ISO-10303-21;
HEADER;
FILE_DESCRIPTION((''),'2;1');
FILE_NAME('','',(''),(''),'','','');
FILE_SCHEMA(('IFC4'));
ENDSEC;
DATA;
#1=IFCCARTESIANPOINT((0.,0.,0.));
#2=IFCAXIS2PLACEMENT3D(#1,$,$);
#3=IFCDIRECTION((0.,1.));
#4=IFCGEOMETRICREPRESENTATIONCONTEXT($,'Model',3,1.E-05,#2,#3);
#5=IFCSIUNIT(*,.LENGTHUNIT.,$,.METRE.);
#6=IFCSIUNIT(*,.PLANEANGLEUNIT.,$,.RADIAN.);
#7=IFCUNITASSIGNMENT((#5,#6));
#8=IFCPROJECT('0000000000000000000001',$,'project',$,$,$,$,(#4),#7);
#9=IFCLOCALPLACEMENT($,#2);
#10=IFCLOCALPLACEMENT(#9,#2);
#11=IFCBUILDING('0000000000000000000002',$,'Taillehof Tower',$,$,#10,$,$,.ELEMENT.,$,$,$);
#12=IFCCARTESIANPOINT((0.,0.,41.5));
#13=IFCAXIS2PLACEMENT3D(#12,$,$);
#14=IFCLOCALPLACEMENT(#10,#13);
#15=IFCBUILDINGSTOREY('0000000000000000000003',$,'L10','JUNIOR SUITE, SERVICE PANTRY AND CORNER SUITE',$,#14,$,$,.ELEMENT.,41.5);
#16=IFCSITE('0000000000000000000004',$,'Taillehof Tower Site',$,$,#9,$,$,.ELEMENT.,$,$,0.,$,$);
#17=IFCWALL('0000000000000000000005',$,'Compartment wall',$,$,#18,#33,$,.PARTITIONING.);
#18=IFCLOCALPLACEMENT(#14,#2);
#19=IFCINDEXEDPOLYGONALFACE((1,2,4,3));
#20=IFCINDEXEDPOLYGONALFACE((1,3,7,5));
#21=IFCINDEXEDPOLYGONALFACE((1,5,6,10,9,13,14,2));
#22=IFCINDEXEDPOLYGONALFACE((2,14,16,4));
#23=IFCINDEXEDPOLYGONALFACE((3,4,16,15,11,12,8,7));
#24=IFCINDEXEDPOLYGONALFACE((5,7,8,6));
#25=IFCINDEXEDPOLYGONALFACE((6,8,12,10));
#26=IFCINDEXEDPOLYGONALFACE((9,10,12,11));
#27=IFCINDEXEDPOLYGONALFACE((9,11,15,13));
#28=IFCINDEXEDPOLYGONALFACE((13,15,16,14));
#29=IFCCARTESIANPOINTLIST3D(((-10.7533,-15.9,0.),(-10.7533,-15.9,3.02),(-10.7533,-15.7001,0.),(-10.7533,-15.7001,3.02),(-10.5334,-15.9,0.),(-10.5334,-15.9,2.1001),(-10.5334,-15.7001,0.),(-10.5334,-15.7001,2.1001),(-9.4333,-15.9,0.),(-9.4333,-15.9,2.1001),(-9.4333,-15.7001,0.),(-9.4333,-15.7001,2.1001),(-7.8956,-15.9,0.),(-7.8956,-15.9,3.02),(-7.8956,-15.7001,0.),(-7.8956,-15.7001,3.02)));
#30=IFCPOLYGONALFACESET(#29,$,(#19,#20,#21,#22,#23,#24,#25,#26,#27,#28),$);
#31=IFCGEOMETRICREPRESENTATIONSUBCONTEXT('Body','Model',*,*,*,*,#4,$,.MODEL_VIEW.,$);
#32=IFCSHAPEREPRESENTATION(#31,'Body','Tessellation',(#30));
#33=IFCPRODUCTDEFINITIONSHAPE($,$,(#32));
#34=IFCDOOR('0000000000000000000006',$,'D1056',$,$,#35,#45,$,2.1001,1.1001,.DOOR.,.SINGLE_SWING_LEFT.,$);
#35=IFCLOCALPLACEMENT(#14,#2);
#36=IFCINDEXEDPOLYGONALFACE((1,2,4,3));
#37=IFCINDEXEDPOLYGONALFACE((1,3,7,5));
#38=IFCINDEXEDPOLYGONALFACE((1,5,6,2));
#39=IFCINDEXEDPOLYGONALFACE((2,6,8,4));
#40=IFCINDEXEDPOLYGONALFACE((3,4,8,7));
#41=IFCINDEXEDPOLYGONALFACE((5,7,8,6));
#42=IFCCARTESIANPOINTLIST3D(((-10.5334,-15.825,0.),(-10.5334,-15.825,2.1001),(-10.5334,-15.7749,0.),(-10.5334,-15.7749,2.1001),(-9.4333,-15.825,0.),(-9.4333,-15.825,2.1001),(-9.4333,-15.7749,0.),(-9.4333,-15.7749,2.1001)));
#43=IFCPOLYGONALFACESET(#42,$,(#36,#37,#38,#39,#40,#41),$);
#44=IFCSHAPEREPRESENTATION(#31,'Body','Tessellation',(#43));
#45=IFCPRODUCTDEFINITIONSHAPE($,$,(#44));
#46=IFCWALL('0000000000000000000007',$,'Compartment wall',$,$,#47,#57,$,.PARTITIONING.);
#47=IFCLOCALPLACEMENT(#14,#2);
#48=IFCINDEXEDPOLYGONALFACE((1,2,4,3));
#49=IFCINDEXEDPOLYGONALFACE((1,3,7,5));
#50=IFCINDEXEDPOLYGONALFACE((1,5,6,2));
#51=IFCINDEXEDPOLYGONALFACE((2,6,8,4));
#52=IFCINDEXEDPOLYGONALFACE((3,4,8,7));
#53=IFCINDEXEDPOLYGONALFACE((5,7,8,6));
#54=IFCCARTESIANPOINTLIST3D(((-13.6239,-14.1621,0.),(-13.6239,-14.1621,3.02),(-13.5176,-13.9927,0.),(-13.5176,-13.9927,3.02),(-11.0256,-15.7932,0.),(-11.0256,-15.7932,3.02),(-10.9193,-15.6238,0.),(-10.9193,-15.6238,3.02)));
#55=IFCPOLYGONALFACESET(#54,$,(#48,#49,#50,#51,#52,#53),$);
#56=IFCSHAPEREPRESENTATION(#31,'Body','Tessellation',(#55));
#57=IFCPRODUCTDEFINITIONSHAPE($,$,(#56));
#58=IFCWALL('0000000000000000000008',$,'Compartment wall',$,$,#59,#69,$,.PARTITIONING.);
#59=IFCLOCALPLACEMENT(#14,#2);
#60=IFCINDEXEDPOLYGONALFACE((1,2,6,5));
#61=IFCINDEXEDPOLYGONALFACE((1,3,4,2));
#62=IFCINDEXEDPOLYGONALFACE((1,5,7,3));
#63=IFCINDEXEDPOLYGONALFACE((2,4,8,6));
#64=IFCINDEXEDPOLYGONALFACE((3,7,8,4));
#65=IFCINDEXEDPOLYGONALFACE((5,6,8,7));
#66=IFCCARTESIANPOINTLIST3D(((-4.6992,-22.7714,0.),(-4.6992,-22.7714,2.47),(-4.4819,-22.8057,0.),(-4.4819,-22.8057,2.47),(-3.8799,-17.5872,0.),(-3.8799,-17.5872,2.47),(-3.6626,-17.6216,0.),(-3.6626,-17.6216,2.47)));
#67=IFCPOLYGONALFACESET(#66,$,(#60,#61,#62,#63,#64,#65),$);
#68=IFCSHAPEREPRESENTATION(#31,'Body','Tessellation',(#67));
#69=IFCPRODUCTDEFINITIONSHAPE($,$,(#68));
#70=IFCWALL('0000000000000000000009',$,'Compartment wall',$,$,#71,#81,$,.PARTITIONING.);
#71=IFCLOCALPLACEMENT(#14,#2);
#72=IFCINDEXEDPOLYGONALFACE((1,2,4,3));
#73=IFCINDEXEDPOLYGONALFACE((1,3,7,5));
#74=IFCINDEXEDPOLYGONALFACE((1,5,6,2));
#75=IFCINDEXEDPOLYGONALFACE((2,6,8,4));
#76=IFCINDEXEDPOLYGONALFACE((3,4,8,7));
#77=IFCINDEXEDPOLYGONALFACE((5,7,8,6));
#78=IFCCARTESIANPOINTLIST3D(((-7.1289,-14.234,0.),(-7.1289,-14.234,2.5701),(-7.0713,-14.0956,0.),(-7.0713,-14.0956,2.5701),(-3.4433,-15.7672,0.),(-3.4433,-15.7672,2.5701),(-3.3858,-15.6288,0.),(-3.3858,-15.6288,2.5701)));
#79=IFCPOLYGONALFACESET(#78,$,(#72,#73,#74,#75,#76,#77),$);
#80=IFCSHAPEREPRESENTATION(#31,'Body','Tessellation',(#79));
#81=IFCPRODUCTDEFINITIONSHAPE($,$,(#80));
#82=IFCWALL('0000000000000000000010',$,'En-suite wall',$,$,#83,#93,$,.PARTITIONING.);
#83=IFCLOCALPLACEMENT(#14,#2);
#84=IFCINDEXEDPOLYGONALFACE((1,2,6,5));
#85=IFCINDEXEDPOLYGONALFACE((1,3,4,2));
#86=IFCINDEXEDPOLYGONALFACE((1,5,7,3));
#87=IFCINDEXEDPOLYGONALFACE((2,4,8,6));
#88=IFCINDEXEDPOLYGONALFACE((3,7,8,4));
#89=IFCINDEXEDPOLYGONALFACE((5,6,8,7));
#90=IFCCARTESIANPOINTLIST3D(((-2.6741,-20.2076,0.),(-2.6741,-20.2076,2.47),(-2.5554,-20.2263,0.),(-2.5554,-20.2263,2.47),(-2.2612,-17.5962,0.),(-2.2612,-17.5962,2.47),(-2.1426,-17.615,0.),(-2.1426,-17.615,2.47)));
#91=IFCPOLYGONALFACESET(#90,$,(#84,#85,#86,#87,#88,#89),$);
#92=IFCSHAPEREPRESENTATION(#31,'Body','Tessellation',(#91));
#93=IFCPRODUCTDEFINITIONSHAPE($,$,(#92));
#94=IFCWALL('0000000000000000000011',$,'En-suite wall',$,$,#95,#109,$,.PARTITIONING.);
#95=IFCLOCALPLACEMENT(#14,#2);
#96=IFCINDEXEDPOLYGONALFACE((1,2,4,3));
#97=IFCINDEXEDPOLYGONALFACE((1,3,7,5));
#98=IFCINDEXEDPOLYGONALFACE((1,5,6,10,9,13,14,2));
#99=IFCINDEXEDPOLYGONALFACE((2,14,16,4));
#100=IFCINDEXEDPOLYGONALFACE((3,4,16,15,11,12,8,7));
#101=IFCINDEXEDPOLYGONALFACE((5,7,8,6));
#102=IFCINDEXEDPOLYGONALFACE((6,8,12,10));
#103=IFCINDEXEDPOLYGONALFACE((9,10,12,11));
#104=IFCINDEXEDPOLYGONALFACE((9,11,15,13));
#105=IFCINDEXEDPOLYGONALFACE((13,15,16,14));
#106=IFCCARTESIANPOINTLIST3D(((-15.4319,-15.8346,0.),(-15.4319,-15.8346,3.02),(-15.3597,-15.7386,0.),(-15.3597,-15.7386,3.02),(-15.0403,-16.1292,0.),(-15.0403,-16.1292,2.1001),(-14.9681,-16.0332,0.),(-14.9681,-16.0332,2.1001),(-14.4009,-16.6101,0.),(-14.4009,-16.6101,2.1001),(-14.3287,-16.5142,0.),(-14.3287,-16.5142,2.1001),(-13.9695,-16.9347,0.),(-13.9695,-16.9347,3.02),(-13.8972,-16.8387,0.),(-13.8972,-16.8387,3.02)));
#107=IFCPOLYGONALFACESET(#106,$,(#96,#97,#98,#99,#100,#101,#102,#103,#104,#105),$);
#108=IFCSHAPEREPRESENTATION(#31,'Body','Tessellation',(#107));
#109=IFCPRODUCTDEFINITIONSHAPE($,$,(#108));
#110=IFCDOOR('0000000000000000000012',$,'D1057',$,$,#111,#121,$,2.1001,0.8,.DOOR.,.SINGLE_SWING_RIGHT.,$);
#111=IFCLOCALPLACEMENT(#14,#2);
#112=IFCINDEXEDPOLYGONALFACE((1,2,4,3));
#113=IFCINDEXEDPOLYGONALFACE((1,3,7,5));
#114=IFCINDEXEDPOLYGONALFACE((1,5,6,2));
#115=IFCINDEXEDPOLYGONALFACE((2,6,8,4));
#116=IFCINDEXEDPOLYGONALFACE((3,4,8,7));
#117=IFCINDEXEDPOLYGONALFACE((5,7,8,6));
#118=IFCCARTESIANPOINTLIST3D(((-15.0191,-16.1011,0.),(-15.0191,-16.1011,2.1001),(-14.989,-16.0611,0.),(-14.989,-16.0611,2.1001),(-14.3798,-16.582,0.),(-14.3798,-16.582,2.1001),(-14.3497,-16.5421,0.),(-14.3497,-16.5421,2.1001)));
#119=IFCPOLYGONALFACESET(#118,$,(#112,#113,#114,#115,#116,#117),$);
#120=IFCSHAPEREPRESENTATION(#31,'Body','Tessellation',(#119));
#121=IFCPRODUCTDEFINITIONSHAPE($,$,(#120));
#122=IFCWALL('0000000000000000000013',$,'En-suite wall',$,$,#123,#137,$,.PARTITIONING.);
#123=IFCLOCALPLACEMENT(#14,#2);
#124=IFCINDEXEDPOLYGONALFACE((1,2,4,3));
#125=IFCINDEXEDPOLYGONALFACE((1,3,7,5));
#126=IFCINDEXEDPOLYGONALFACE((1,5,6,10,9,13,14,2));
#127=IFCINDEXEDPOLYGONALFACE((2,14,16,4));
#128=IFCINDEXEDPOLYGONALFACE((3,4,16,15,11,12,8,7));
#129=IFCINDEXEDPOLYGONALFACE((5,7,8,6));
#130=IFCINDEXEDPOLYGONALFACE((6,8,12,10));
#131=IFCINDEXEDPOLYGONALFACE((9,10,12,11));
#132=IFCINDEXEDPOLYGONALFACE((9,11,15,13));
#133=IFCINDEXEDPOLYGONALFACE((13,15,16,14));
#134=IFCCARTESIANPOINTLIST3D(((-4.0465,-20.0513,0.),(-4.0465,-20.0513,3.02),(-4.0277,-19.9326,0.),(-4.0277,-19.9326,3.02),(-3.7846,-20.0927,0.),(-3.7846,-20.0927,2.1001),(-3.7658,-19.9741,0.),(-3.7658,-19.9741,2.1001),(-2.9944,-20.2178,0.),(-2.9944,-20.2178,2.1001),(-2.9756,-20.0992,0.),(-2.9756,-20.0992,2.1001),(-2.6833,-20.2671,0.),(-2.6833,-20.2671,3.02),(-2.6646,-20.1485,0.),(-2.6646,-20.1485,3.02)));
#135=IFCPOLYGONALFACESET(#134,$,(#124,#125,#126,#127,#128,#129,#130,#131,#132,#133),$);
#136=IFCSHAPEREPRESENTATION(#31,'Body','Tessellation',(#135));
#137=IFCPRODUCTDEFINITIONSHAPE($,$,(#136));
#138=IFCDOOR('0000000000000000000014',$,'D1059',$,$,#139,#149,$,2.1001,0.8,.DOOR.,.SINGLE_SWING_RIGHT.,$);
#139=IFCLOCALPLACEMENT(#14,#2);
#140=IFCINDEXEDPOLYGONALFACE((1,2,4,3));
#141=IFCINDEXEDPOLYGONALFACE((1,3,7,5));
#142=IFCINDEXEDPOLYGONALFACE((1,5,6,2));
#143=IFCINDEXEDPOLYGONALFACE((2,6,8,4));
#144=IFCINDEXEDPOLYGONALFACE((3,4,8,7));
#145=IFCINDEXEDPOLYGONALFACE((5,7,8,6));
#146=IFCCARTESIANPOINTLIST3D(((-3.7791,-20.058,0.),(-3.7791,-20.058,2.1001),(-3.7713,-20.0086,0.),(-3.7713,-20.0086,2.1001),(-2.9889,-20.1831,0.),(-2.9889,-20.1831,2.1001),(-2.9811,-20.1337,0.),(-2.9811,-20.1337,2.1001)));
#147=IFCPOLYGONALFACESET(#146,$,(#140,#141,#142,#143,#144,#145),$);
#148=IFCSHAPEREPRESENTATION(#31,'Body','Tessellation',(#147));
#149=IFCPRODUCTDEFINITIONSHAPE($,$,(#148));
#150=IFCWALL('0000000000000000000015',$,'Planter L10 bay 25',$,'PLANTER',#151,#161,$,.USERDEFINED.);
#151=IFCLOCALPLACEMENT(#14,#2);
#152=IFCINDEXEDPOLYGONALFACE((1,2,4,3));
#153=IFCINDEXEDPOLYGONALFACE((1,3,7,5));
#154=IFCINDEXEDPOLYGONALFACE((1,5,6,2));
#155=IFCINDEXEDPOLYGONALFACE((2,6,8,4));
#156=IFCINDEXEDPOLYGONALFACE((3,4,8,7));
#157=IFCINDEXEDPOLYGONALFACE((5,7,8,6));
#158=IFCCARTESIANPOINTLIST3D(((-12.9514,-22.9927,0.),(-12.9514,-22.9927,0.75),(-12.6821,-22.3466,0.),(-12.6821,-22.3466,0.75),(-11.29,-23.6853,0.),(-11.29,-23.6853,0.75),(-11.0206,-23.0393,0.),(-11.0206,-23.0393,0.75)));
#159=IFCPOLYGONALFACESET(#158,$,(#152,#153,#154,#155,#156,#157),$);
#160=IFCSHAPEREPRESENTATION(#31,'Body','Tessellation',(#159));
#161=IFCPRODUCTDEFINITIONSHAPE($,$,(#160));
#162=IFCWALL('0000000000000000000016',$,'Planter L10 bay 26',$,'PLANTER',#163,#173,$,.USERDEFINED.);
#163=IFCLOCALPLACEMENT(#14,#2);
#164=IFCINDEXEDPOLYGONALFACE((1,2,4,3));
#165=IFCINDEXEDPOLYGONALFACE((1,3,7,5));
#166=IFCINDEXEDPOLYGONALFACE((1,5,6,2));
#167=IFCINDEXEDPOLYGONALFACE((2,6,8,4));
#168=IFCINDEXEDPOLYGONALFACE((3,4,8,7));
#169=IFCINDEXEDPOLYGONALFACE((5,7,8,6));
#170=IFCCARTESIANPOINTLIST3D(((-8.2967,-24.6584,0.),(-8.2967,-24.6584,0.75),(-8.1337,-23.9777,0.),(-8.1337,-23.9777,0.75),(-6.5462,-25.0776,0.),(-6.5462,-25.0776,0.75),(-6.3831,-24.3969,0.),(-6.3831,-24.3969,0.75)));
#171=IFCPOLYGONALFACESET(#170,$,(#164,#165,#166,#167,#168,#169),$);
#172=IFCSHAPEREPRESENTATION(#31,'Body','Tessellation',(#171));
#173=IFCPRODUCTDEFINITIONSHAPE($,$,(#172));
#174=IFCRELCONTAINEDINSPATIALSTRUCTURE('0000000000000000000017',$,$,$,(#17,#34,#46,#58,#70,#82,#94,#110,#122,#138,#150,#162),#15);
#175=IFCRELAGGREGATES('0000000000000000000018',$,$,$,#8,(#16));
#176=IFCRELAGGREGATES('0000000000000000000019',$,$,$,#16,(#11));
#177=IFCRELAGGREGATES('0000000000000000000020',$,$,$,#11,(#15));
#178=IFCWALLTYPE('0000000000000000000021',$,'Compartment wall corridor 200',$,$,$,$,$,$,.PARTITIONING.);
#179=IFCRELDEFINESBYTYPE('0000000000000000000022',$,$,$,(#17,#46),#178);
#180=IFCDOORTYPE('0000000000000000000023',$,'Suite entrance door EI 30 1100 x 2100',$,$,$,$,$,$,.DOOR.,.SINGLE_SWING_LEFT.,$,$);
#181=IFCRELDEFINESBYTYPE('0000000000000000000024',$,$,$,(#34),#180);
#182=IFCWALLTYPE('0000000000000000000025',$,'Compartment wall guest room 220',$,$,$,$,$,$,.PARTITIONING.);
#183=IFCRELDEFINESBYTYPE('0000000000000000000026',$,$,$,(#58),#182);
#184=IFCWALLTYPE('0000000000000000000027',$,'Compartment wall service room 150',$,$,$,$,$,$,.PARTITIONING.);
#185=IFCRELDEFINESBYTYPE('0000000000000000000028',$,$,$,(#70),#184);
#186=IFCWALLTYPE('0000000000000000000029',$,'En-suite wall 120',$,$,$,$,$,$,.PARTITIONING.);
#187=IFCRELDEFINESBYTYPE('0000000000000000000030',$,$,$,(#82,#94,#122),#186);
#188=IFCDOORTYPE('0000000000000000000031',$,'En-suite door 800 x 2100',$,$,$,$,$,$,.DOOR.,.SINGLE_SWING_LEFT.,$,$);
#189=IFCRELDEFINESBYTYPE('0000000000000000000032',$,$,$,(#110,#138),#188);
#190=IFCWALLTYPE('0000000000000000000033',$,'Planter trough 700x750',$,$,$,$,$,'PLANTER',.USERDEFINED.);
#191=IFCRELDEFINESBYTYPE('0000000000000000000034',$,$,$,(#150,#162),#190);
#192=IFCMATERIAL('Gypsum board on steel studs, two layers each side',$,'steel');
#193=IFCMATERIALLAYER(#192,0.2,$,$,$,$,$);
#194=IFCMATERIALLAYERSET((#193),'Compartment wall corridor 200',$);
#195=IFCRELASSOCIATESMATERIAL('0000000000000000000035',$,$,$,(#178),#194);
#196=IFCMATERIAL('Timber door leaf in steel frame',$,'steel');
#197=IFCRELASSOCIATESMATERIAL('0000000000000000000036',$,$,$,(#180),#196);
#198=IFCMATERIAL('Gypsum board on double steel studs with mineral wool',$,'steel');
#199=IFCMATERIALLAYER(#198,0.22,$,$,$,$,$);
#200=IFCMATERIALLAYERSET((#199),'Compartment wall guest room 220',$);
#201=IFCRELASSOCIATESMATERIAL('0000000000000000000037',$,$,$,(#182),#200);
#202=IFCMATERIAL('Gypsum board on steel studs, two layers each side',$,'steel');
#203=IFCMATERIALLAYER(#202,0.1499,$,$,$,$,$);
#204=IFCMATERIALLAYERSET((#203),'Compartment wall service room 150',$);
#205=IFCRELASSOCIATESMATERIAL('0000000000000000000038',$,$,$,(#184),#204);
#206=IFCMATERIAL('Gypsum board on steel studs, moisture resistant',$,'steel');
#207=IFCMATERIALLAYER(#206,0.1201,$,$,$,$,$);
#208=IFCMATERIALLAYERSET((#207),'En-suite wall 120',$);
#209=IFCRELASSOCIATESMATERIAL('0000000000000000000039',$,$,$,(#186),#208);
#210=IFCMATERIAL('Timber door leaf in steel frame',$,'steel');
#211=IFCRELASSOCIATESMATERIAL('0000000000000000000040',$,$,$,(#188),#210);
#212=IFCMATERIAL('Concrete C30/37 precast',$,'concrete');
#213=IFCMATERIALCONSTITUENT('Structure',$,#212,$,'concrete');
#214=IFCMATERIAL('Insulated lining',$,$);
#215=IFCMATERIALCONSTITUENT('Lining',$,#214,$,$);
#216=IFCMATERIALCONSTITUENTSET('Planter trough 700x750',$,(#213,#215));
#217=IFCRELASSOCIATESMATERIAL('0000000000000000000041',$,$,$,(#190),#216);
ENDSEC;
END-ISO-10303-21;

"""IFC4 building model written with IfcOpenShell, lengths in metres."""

from ifc_helpers import new_model, si_unit, direction, frame, frame_2d, origin, place, context, subcontext, project, spatial, rectangle, extrude, material, layer, layer_set, constituent, constituent_set, type_object, element, fill, save


model = new_model("IFC4")

# Units and contexts
model_context = context("Model", 3, precision=1e-05, world=origin(), true_north=direction((0.0, 1.0)))
body_context = subcontext(model_context, "Body", "Model", "MODEL_VIEW")
ifc_project = project(units=[si_unit("LENGTHUNIT", "METRE"), si_unit("PLANEANGLEUNIT", "RADIAN")], contexts=[model_context])

# Site, building, storey
site_placement = place(None, origin())
site = spatial("IfcSite", under=ifc_project, at=site_placement, Name="Taillehof Tower Site", CompositionType="ELEMENT", RefElevation=0.0)
building_placement = place(site_placement, origin())
building = spatial("IfcBuilding", under=site, at=building_placement, Name="Taillehof Tower", CompositionType="ELEMENT")
storey_placement = place(building_placement, frame((0.0, 0.0, 41.5)))
storey = spatial("IfcBuildingStorey", under=building, at=storey_placement, Name="L10", Description="JUNIOR SUITE, SERVICE PANTRY AND CORNER SUITE", CompositionType="ELEMENT", Elevation=41.5)

# Shared definitions
ifc_material_1 = material(Name="Gypsum board on steel studs, two layers each side", Category="steel")
ifc_layer_1 = layer(ifc_material_1, 0.2)
ifc_layer_set_1 = layer_set([ifc_layer_1], Name="Compartment wall corridor 200")
wall_type_1 = type_object("IfcWallType", Name="Compartment wall corridor 200", PredefinedType="PARTITIONING", material=ifc_layer_set_1)

# Wall, opening, door
wall_1_placement = place(storey_placement, frame((-7.8958, -15.8, 0.0), z_axis=(0.0, 0.0, 1.0), x_axis=(-1.0, 0.0, 0.0)))
wall_1 = element("IfcWall", 1, at=wall_1_placement, inside=storey, type_object=wall_type_1, Name="Compartment wall", PredefinedType="PARTITIONING", context=body_context, shape_type="SweptSolid", body=[
    extrude(rectangle(XDim=2.8577, YDim=0.2, at=frame_2d((1.4287, 0.0))), origin(), (0.0, 0.0, 1.0), 3.02),
])
opening_1_placement = place(wall_1_placement, frame((1.5376, 0.0, 0.0)))
opening_1 = element("IfcOpeningElement", 2, at=opening_1_placement, cuts=wall_1, PredefinedType="OPENING", context=body_context, shape_type="SweptSolid", body=[
    extrude(rectangle(XDim=1.1001, YDim=2.1001, at=frame_2d((0.55, 1.05))), frame((0.0, 0.1099, 0.0), z_axis=(0.0, -1.0, 0.0), x_axis=(1.0, 0.0, 0.0)), (0.0, 0.0, 1.0), 0.22),
])
ifc_material_2 = material(Name="Timber door leaf in steel frame", Category="steel")
door_type_1 = type_object("IfcDoorType", Name="Suite entrance door EI 30 1100 x 2100", OperationType="SINGLE_SWING_LEFT", PredefinedType="DOOR", material=ifc_material_2)
door_1_placement = place(opening_1_placement, origin())
door_1 = element("IfcDoor", 3, at=door_1_placement, inside=storey, type_object=door_type_1, Name="D1056", OperationType="SINGLE_SWING_LEFT", OverallHeight=2.1001, OverallWidth=1.1001, PredefinedType="DOOR", context=body_context, shape_type="SweptSolid", body=[
    extrude(rectangle(XDim=1.1001, YDim=2.1001, at=frame_2d((0.55, 1.05))), frame((0.0, 0.0249, 0.0), z_axis=(0.0, -1.0, 0.0), x_axis=(1.0, 0.0, 0.0)), (0.0, 0.0, 1.0), 0.05),
])
fill(opening_1, door_1)

# Walls
wall_2_placement = place(storey_placement, frame((-10.9724, -15.7085, 0.0), z_axis=(0.0, 0.0, 1.0), x_axis=(-0.846955, 0.531665, 0.0)))
element("IfcWall", 4, at=wall_2_placement, inside=storey, type_object=wall_type_1, Name="Compartment wall", PredefinedType="PARTITIONING", context=body_context, shape_type="SweptSolid", body=[
    extrude(rectangle(XDim=3.0679, YDim=0.2, at=frame_2d((1.5339, 0.0))), origin(), (0.0, 0.0, 1.0), 3.02),
])
ifc_material_3 = material(Name="Gypsum board on double steel studs with mineral wool", Category="steel")
ifc_layer_2 = layer(ifc_material_3, 0.22)
ifc_layer_set_2 = layer_set([ifc_layer_2], Name="Compartment wall guest room 220")
wall_type_2 = type_object("IfcWallType", Name="Compartment wall guest room 220", PredefinedType="PARTITIONING", material=ifc_layer_set_2)
wall_3_placement = place(storey_placement, frame((-4.5906, -22.7886, 0.0), z_axis=(0.0, 0.0, 1.0), x_axis=(0.156111, 0.98774, 0.0)))
element("IfcWall", 5, at=wall_3_placement, inside=storey, type_object=wall_type_2, Name="Compartment wall", PredefinedType="PARTITIONING", context=body_context, shape_type="SweptSolid", body=[
    extrude(rectangle(XDim=5.2485, YDim=0.22, at=frame_2d((2.6243, 0.0))), origin(), (0.0, 0.0, 1.0), 2.47),
])
ifc_material_4 = material(Name="Gypsum board on steel studs, two layers each side", Category="steel")
ifc_layer_3 = layer(ifc_material_4, 0.1499)
ifc_layer_set_3 = layer_set([ifc_layer_3], Name="Compartment wall service room 150")
wall_type_3 = type_object("IfcWallType", Name="Compartment wall service room 150", PredefinedType="PARTITIONING", material=ifc_layer_set_3)
wall_4_placement = place(storey_placement, frame((-3.4146, -15.698, 0.0), z_axis=(0.0, 0.0, 1.0), x_axis=(-0.923294, 0.384094, 0.0)))
element("IfcWall", 6, at=wall_4_placement, inside=storey, type_object=wall_type_3, Name="Compartment wall", PredefinedType="PARTITIONING", context=body_context, shape_type="SweptSolid", body=[
    extrude(rectangle(XDim=3.9917, YDim=0.1499, at=frame_2d((1.9958, 0.0))), origin(), (0.0, 0.0, 1.0), 2.5701),
])
ifc_material_5 = material(Name="Gypsum board on steel studs, moisture resistant", Category="steel")
ifc_layer_4 = layer(ifc_material_5, 0.1201)
ifc_layer_set_4 = layer_set([ifc_layer_4], Name="En-suite wall 120")
wall_type_4 = type_object("IfcWallType", Name="En-suite wall 120", PredefinedType="PARTITIONING", material=ifc_layer_set_4)
wall_5_placement = place(storey_placement, frame((-2.2019, -17.6057, 0.0), z_axis=(0.0, 0.0, 1.0), x_axis=(-0.156157, -0.987732, 0.0)))
element("IfcWall", 7, at=wall_5_placement, inside=storey, type_object=wall_type_4, Name="En-suite wall", PredefinedType="PARTITIONING", context=body_context, shape_type="SweptSolid", body=[
    extrude(rectangle(XDim=2.6438, YDim=0.1201, at=frame_2d((1.3218, 0.0))), origin(), (0.0, 0.0, 1.0), 2.47),
])

# Walls, openings, doors
wall_6_placement = place(storey_placement, frame((-13.9333, -16.8867, 0.0), z_axis=(0.0, 0.0, 1.0), x_axis=(-0.799135, 0.601152, 0.0)))
wall_6 = element("IfcWall", 8, at=wall_6_placement, inside=storey, type_object=wall_type_4, Name="En-suite wall", PredefinedType="PARTITIONING", context=body_context, shape_type="SweptSolid", body=[
    extrude(rectangle(XDim=1.8301, YDim=0.1201, at=frame_2d((0.915, 0.0))), origin(), (0.0, 0.0, 1.0), 3.02),
])
opening_2_placement = place(wall_6_placement, frame((0.54, 0.0, 0.0)))
opening_2 = element("IfcOpeningElement", 9, at=opening_2_placement, cuts=wall_6, PredefinedType="OPENING", context=body_context, shape_type="SweptSolid", body=[
    extrude(rectangle(XDim=0.8, YDim=2.1001, at=frame_2d((0.3999, 1.05))), frame((0.0, 0.0701, 0.0), z_axis=(0.0, -1.0, 0.0), x_axis=(1.0, 0.0, 0.0)), (0.0, 0.0, 1.0), 0.1401),
])
ifc_material_6 = material(Name="Timber door leaf in steel frame", Category="steel")
door_type_2 = type_object("IfcDoorType", Name="En-suite door 800 x 2100", OperationType="SINGLE_SWING_LEFT", PredefinedType="DOOR", material=ifc_material_6)
door_2_placement = place(opening_2_placement, origin())
door_2 = element("IfcDoor", 10, at=door_2_placement, inside=storey, type_object=door_type_2, Name="D1057", OperationType="SINGLE_SWING_RIGHT", OverallHeight=2.1001, OverallWidth=0.8, PredefinedType="DOOR", context=body_context, shape_type="SweptSolid", body=[
    extrude(rectangle(XDim=0.8, YDim=2.1001, at=frame_2d((0.3999, 1.05))), frame((0.0, 0.0249, 0.0), z_axis=(0.0, -1.0, 0.0), x_axis=(1.0, 0.0, 0.0)), (0.0, 0.0, 1.0), 0.05),
])
fill(opening_2, door_2)
wall_7_placement = place(storey_placement, frame((-2.6741, -20.2078, 0.0), z_axis=(0.0, 0.0, 1.0), x_axis=(-0.987695, 0.15639, 0.0)))
wall_7 = element("IfcWall", 11, at=wall_7_placement, inside=storey, type_object=wall_type_4, Name="En-suite wall", PredefinedType="PARTITIONING", context=body_context, shape_type="SweptSolid", body=[
    extrude(rectangle(XDim=1.3801, YDim=0.1201, at=frame_2d((0.6899, 0.0))), origin(), (0.0, 0.0, 1.0), 3.02),
])
opening_3_placement = place(wall_7_placement, frame((0.3149, 0.0, 0.0)))
opening_3 = element("IfcOpeningElement", 12, at=opening_3_placement, cuts=wall_7, PredefinedType="OPENING", context=body_context, shape_type="SweptSolid", body=[
    extrude(rectangle(XDim=0.8, YDim=2.1001, at=frame_2d((0.3999, 1.05))), frame((0.0, 0.0701, 0.0), z_axis=(0.0, -1.0, 0.0), x_axis=(1.0, 0.0, 0.0)), (0.0, 0.0, 1.0), 0.1401),
])
door_3_placement = place(opening_3_placement, origin())
door_3 = element("IfcDoor", 13, at=door_3_placement, inside=storey, type_object=door_type_2, Name="D1059", OperationType="SINGLE_SWING_RIGHT", OverallHeight=2.1001, OverallWidth=0.8, PredefinedType="DOOR", context=body_context, shape_type="SweptSolid", body=[
    extrude(rectangle(XDim=0.8, YDim=2.1001, at=frame_2d((0.3999, 1.05))), frame((0.0, 0.0249, 0.0), z_axis=(0.0, -1.0, 0.0), x_axis=(1.0, 0.0, 0.0)), (0.0, 0.0, 1.0), 0.05),
])
fill(opening_3, door_3)

# Walls
ifc_material_7 = material(Name="Concrete C30/37 precast", Category="concrete")
ifc_constituent_1 = constituent(ifc_material_7, Name="Structure", Category="concrete")
ifc_material_8 = material(Name="Insulated lining")
ifc_constituent_2 = constituent(ifc_material_8, Name="Lining")
ifc_constituent_set = constituent_set(constituents=[ifc_constituent_1, ifc_constituent_2], Name="Planter trough 700x750")
wall_type_5 = type_object("IfcWallType", Name="Planter trough 700x750", ElementType="PLANTER", PredefinedType="USERDEFINED", material=ifc_constituent_set)
for number, where, z_axis, x_axis, name in (
    (14, (-12.8167, -22.6697, 0.0), (0.0, 0.0, 1.0), (0.923001, -0.384798, 0.0), "Planter L10 bay 25"),
    (15, (-8.2151, -24.3181, 0.0), (0.0, 0.0, 1.0), (0.972504, -0.232886, 0.0), "Planter L10 bay 26"),
):
    element("IfcWall", number, at=place(storey_placement, frame(where, z_axis=z_axis, x_axis=x_axis)), inside=storey, type_object=wall_type_5, Name=name, ObjectType="PLANTER", PredefinedType="USERDEFINED", context=body_context, shape_type="SweptSolid", body=[
        extrude(rectangle(XDim=1.8, YDim=0.7, at=frame_2d((0.8999, 0.0))), origin(), (0.0, 0.0, 1.0), 0.75),
    ])

save(model, "model.ifc")
